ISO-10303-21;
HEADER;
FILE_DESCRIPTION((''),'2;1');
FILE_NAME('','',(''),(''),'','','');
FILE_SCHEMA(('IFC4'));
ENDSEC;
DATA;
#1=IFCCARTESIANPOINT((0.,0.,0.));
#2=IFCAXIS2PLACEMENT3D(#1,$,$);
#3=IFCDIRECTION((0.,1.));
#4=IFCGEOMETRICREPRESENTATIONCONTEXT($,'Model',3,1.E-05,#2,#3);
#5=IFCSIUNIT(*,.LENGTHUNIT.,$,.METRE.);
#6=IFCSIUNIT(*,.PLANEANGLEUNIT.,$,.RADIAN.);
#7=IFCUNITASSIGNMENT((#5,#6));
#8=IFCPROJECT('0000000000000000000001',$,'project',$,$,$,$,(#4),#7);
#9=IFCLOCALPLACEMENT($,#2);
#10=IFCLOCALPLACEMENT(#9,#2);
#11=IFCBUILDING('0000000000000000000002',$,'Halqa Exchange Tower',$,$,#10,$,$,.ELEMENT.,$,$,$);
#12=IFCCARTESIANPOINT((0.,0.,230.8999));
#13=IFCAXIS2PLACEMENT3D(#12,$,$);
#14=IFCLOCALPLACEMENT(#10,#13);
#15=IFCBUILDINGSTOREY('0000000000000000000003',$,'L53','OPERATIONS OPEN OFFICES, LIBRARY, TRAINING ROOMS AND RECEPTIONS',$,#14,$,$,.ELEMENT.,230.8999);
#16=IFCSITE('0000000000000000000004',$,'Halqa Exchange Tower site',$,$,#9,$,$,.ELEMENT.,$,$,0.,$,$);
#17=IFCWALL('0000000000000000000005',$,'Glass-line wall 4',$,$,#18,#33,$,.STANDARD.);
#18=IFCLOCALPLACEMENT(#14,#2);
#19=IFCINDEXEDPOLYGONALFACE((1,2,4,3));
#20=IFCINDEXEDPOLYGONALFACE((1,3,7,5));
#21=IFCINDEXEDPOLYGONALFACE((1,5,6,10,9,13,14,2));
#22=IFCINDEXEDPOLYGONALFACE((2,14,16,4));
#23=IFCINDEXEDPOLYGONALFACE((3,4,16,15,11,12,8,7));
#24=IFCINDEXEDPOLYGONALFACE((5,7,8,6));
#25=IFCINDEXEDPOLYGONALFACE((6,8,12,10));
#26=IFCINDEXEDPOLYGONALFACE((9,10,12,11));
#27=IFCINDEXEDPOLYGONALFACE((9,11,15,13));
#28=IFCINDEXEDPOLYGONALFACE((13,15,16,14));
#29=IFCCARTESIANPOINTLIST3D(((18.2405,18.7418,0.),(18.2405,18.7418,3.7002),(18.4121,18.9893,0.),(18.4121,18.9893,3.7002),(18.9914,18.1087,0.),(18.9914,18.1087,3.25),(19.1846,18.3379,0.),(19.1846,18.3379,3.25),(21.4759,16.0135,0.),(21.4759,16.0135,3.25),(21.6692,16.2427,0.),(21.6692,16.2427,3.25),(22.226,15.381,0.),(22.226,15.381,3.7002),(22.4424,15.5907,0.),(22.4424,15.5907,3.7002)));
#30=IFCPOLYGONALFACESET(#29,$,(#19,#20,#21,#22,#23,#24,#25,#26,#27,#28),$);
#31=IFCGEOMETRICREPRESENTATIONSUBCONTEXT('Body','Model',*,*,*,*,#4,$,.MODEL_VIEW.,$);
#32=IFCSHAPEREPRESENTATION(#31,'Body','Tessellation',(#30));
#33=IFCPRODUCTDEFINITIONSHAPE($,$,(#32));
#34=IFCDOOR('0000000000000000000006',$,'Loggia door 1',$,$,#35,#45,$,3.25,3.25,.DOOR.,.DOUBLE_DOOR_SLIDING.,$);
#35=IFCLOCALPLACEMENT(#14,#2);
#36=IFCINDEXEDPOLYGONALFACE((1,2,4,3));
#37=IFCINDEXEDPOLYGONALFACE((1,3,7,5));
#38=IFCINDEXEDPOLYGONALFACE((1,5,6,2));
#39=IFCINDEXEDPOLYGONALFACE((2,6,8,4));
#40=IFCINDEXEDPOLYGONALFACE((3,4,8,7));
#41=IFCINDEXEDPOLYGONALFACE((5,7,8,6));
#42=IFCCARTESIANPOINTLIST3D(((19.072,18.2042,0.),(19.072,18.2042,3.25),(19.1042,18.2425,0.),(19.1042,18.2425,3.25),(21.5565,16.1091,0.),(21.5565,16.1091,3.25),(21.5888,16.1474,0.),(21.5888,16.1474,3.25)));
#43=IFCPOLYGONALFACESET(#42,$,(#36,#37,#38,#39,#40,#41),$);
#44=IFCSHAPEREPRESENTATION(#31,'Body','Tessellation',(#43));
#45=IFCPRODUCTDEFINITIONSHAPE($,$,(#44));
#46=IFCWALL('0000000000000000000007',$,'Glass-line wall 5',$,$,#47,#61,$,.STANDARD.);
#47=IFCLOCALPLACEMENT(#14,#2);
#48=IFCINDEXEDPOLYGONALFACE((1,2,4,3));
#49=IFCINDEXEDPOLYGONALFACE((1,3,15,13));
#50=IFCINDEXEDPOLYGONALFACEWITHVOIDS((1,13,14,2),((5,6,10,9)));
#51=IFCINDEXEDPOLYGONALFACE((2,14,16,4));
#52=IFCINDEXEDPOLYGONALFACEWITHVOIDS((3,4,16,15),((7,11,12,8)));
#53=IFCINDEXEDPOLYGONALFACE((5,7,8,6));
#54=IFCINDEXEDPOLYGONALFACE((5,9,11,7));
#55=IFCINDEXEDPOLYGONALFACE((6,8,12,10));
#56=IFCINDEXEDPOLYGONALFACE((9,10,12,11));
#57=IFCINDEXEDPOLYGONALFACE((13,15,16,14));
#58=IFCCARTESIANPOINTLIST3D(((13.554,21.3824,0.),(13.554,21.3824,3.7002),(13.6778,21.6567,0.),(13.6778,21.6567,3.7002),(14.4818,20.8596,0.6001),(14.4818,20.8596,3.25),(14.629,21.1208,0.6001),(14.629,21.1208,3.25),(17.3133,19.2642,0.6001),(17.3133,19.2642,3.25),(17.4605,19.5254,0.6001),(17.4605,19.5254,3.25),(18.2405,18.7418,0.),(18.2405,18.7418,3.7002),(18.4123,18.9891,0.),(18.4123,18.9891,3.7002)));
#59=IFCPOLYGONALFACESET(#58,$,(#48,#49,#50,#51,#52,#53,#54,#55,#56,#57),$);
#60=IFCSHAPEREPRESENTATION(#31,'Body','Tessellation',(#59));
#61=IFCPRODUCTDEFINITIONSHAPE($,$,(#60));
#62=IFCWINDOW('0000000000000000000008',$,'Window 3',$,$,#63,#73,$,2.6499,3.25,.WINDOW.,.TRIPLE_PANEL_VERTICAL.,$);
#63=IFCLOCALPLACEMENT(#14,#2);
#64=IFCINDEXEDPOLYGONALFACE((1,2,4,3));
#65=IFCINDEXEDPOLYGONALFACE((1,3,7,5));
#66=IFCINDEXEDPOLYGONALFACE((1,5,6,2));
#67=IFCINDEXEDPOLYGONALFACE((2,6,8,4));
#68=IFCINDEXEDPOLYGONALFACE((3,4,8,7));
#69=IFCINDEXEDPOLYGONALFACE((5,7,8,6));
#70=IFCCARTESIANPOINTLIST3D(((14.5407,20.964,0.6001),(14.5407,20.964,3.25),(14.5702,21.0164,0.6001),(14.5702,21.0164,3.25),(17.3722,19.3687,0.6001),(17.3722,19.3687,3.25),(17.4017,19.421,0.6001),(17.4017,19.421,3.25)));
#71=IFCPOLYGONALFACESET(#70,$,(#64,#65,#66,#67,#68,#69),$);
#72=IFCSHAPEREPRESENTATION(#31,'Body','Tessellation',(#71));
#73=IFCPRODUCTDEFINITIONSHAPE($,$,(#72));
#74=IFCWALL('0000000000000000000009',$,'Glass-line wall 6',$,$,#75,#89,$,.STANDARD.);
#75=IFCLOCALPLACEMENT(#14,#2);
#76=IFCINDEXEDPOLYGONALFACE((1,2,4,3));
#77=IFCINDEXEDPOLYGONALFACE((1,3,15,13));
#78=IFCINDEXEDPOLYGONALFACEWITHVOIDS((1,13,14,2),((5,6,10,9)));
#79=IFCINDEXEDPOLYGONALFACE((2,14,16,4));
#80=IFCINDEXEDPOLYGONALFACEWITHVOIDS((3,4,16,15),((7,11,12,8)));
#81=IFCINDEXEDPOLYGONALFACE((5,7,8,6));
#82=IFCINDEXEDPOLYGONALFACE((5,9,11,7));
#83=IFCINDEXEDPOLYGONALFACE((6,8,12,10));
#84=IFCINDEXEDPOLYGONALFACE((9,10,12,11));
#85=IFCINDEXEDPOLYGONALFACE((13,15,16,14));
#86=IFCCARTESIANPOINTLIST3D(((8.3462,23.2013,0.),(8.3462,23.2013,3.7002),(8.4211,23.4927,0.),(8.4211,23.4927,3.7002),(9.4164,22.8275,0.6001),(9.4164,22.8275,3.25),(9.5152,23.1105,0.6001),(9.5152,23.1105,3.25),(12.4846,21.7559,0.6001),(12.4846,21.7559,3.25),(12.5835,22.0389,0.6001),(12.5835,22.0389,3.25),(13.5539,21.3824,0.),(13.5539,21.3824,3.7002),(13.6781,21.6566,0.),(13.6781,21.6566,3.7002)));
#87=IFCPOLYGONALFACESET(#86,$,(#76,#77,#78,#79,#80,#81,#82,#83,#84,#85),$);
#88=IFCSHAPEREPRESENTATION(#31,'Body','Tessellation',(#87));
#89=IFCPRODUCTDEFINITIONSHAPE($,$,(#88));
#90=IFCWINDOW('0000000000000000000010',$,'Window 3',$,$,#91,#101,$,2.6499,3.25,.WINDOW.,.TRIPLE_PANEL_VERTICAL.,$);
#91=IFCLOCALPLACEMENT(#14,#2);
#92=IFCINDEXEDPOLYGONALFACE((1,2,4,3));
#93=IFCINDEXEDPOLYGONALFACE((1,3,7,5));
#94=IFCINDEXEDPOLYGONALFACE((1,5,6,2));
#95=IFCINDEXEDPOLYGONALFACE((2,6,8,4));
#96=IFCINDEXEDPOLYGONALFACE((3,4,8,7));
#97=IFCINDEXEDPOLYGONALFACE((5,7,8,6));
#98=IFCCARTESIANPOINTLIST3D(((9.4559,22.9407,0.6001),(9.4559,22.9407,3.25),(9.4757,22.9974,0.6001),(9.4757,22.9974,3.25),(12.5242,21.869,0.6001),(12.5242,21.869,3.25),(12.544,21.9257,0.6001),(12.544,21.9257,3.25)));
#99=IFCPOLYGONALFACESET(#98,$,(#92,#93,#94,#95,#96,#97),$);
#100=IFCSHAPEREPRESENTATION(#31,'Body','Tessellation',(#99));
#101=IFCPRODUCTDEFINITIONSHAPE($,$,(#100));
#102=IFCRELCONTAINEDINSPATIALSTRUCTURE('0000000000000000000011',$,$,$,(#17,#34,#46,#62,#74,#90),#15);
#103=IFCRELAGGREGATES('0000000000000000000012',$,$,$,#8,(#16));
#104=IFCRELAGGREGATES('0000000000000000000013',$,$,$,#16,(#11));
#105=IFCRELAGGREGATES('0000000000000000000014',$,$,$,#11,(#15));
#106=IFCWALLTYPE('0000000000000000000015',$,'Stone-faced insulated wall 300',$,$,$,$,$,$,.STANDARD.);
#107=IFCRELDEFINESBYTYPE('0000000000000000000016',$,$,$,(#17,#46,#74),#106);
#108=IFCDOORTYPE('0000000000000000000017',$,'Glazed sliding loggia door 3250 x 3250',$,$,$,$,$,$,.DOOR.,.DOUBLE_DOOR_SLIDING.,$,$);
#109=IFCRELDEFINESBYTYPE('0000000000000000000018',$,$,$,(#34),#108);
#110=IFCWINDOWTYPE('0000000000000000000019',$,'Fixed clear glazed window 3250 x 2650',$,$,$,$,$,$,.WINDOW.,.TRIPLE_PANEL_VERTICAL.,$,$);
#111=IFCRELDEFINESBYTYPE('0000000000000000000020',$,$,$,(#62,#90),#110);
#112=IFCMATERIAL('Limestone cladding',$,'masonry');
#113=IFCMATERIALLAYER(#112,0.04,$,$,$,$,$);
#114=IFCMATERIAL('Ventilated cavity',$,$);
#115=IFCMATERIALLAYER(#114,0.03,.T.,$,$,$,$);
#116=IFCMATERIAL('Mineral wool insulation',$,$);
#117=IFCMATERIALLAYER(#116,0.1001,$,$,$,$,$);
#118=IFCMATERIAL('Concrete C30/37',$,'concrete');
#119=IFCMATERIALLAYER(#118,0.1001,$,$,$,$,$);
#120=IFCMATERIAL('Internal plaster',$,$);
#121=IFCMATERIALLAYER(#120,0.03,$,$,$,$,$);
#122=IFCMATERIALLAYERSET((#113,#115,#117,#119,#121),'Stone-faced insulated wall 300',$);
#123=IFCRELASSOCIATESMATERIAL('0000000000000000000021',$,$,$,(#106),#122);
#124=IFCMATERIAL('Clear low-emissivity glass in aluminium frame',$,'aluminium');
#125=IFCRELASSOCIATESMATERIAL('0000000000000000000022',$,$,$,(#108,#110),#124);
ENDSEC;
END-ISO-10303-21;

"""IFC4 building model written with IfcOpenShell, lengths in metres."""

from ifc_helpers import new_model, si_unit, direction, frame, frame_2d, origin, place, context, subcontext, project, spatial, polyline, rectangle, outline, extrude, material, layer, layer_set, type_object, element, fill, save


model = new_model("IFC4")

# Units and contexts
model_context = context("Model", 3, precision=1e-05, world=origin(), true_north=direction((0.0, 1.0)))
body_context = subcontext(model_context, "Body", "Model", "MODEL_VIEW")
ifc_project = project(units=[si_unit("LENGTHUNIT", "METRE"), si_unit("PLANEANGLEUNIT", "RADIAN")], contexts=[model_context])

# Site, building, storey
site_placement = place(None, origin())
site = spatial("IfcSite", under=ifc_project, at=site_placement, Name="Halqa Exchange Tower site", CompositionType="ELEMENT", RefElevation=0.0)
building_placement = place(site_placement, origin())
building = spatial("IfcBuilding", under=site, at=building_placement, Name="Halqa Exchange Tower", CompositionType="ELEMENT")
storey_placement = place(building_placement, frame((0.0, 0.0, 230.8999)))
storey = spatial("IfcBuildingStorey", under=building, at=storey_placement, Name="L53", Description="OPERATIONS OPEN OFFICES, LIBRARY, TRAINING ROOMS AND RECEPTIONS", CompositionType="ELEMENT", Elevation=230.8999)

# Wall, opening, door
ifc_material_1 = material(Name="Limestone cladding", Category="masonry")
ifc_layer_1 = layer(ifc_material_1, 0.04)
ifc_material_2 = material(Name="Ventilated cavity")
ifc_layer_2 = layer(ifc_material_2, 0.03, ventilated=True)
ifc_material_3 = material(Name="Mineral wool insulation")
ifc_layer_3 = layer(ifc_material_3, 0.1001)
ifc_material_4 = material(Name="Concrete C30/37", Category="concrete")
ifc_layer_4 = layer(ifc_material_4, 0.1001)
ifc_material_5 = material(Name="Internal plaster")
ifc_layer_5 = layer(ifc_material_5, 0.03)
ifc_layer_set_1 = layer_set([ifc_layer_1, ifc_layer_2, ifc_layer_3, ifc_layer_4, ifc_layer_5], Name="Stone-faced insulated wall 300")
wall_type_1 = type_object("IfcWallType", Name="Stone-faced insulated wall 300", PredefinedType="STANDARD", material=ifc_layer_set_1)
wall_1_placement = place(storey_placement, frame((22.3342, 15.4858, 0.0), z_axis=(0.0, 0.0, 1.0), x_axis=(-0.764475, 0.644653, 0.0)))
wall_1 = element("IfcWall", 1, at=wall_1_placement, inside=storey, type_object=wall_type_1, Name="Glass-line wall 4", PredefinedType="STANDARD", context=body_context, shape_type="SweptSolid", body=[
    extrude(outline(polyline([(-0.0151, -0.1499), (5.2568, -0.1499), (5.2285, 0.1499), (0.0151, 0.1499), (-0.0151, -0.1499)])), origin(), (0.0, 0.0, 1.0), 3.7002),
])
opening_1_placement = place(wall_1_placement, frame((0.9963, 0.0, 0.0)))
opening_1 = element("IfcOpeningElement", 2, at=opening_1_placement, cuts=wall_1, PredefinedType="OPENING", context=body_context, shape_type="SweptSolid", body=[
    extrude(rectangle(XDim=3.25, YDim=3.25, at=frame_2d((1.625, 1.625))), frame((0.0, 0.1621, 0.0), z_axis=(0.0, -1.0, 0.0), x_axis=(1.0, 0.0, 0.0)), (0.0, 0.0, 1.0), 0.324),
])
ifc_material_6 = material(Name="Clear low-emissivity glass in aluminium frame", Category="aluminium")
door_type = type_object("IfcDoorType", Name="Glazed sliding loggia door 3250 x 3250", OperationType="DOUBLE_DOOR_SLIDING", PredefinedType="DOOR", material=ifc_material_6)
door_placement = place(opening_1_placement, origin())
door = element("IfcDoor", 3, at=door_placement, inside=storey, type_object=door_type, Name="Loggia door 1", OperationType="DOUBLE_DOOR_SLIDING", OverallHeight=3.25, OverallWidth=3.25, PredefinedType="DOOR", context=body_context, shape_type="SweptSolid", body=[
    extrude(rectangle(XDim=3.25, YDim=3.25, at=frame_2d((1.625, 1.625))), frame((0.0, 0.0249, 0.0), z_axis=(0.0, -1.0, 0.0), x_axis=(1.0, 0.0, 0.0)), (0.0, 0.0, 1.0), 0.05),
])
fill(opening_1, door)

# Walls, openings, windows
wall_2_placement = place(storey_placement, frame((18.3264, 18.8655, 0.0), z_axis=(0.0, 0.0, 1.0), x_axis=(-0.871226, 0.490883, 0.0)))
wall_2 = element("IfcWall", 4, at=wall_2_placement, inside=storey, type_object=wall_type_1, Name="Glass-line wall 5", PredefinedType="STANDARD", context=body_context, shape_type="SweptSolid", body=[
    extrude(outline(polyline([(-0.0142, -0.1499), (5.4202, -0.1499), (5.3933, 0.1499), (0.0142, 0.1499), (-0.0142, -0.1499)])), origin(), (0.0, 0.0, 1.0), 3.7002),
])
opening_2_placement = place(wall_2_placement, frame((1.0784, 0.0, 0.6001)))
opening_2 = element("IfcOpeningElement", 5, at=opening_2_placement, cuts=wall_2, PredefinedType="OPENING", context=body_context, shape_type="SweptSolid", body=[
    extrude(rectangle(XDim=3.25, YDim=2.6499, at=frame_2d((1.625, 1.325))), frame((0.0, 0.1621, 0.0), z_axis=(0.0, -1.0, 0.0), x_axis=(1.0, 0.0, 0.0)), (0.0, 0.0, 1.0), 0.324),
])
window_type = type_object("IfcWindowType", Name="Fixed clear glazed window 3250 x 2650", PartitioningType="TRIPLE_PANEL_VERTICAL", PredefinedType="WINDOW", material=ifc_material_6)
window_1_placement = place(opening_2_placement, origin())
window_1 = element("IfcWindow", 6, at=window_1_placement, inside=storey, type_object=window_type, Name="Window 3", OverallHeight=2.6499, OverallWidth=3.25, PartitioningType="TRIPLE_PANEL_VERTICAL", PredefinedType="WINDOW", context=body_context, shape_type="SweptSolid", body=[
    extrude(rectangle(XDim=3.25, YDim=2.6499, at=frame_2d((1.625, 1.325))), frame((0.0, 0.03, 0.0), z_axis=(0.0, -1.0, 0.0), x_axis=(1.0, 0.0, 0.0)), (0.0, 0.0, 1.0), 0.0601),
])
fill(opening_2, window_1)
wall_3_placement = place(storey_placement, frame((13.616, 21.5195, 0.0), z_axis=(0.0, 0.0, 1.0), x_axis=(-0.944076, 0.329728, 0.0)))
wall_3 = element("IfcWall", 7, at=wall_3_placement, inside=storey, type_object=wall_type_1, Name="Glass-line wall 6", PredefinedType="STANDARD", context=body_context, shape_type="SweptSolid", body=[
    extrude(outline(polyline([(-0.0134, -0.1499), (5.5549, -0.1499), (5.5295, 0.1499), (0.0134, 0.1499), (-0.0134, -0.1499)])), origin(), (0.0, 0.0, 1.0), 3.7002),
])
opening_3_placement = place(wall_3_placement, frame((1.146, 0.0, 0.6001)))
opening_3 = element("IfcOpeningElement", 8, at=opening_3_placement, cuts=wall_3, PredefinedType="OPENING", context=body_context, shape_type="SweptSolid", body=[
    extrude(rectangle(XDim=3.25, YDim=2.6499, at=frame_2d((1.625, 1.325))), frame((0.0, 0.1621, 0.0), z_axis=(0.0, -1.0, 0.0), x_axis=(1.0, 0.0, 0.0)), (0.0, 0.0, 1.0), 0.324),
])
window_2_placement = place(opening_3_placement, origin())
window_2 = element("IfcWindow", 9, at=window_2_placement, inside=storey, type_object=window_type, Name="Window 3", OverallHeight=2.6499, OverallWidth=3.25, PartitioningType="TRIPLE_PANEL_VERTICAL", PredefinedType="WINDOW", context=body_context, shape_type="SweptSolid", body=[
    extrude(rectangle(XDim=3.25, YDim=2.6499, at=frame_2d((1.625, 1.325))), frame((0.0, 0.03, 0.0), z_axis=(0.0, -1.0, 0.0), x_axis=(1.0, 0.0, 0.0)), (0.0, 0.0, 1.0), 0.0601),
])
fill(opening_3, window_2)

save(model, "model.ifc")
